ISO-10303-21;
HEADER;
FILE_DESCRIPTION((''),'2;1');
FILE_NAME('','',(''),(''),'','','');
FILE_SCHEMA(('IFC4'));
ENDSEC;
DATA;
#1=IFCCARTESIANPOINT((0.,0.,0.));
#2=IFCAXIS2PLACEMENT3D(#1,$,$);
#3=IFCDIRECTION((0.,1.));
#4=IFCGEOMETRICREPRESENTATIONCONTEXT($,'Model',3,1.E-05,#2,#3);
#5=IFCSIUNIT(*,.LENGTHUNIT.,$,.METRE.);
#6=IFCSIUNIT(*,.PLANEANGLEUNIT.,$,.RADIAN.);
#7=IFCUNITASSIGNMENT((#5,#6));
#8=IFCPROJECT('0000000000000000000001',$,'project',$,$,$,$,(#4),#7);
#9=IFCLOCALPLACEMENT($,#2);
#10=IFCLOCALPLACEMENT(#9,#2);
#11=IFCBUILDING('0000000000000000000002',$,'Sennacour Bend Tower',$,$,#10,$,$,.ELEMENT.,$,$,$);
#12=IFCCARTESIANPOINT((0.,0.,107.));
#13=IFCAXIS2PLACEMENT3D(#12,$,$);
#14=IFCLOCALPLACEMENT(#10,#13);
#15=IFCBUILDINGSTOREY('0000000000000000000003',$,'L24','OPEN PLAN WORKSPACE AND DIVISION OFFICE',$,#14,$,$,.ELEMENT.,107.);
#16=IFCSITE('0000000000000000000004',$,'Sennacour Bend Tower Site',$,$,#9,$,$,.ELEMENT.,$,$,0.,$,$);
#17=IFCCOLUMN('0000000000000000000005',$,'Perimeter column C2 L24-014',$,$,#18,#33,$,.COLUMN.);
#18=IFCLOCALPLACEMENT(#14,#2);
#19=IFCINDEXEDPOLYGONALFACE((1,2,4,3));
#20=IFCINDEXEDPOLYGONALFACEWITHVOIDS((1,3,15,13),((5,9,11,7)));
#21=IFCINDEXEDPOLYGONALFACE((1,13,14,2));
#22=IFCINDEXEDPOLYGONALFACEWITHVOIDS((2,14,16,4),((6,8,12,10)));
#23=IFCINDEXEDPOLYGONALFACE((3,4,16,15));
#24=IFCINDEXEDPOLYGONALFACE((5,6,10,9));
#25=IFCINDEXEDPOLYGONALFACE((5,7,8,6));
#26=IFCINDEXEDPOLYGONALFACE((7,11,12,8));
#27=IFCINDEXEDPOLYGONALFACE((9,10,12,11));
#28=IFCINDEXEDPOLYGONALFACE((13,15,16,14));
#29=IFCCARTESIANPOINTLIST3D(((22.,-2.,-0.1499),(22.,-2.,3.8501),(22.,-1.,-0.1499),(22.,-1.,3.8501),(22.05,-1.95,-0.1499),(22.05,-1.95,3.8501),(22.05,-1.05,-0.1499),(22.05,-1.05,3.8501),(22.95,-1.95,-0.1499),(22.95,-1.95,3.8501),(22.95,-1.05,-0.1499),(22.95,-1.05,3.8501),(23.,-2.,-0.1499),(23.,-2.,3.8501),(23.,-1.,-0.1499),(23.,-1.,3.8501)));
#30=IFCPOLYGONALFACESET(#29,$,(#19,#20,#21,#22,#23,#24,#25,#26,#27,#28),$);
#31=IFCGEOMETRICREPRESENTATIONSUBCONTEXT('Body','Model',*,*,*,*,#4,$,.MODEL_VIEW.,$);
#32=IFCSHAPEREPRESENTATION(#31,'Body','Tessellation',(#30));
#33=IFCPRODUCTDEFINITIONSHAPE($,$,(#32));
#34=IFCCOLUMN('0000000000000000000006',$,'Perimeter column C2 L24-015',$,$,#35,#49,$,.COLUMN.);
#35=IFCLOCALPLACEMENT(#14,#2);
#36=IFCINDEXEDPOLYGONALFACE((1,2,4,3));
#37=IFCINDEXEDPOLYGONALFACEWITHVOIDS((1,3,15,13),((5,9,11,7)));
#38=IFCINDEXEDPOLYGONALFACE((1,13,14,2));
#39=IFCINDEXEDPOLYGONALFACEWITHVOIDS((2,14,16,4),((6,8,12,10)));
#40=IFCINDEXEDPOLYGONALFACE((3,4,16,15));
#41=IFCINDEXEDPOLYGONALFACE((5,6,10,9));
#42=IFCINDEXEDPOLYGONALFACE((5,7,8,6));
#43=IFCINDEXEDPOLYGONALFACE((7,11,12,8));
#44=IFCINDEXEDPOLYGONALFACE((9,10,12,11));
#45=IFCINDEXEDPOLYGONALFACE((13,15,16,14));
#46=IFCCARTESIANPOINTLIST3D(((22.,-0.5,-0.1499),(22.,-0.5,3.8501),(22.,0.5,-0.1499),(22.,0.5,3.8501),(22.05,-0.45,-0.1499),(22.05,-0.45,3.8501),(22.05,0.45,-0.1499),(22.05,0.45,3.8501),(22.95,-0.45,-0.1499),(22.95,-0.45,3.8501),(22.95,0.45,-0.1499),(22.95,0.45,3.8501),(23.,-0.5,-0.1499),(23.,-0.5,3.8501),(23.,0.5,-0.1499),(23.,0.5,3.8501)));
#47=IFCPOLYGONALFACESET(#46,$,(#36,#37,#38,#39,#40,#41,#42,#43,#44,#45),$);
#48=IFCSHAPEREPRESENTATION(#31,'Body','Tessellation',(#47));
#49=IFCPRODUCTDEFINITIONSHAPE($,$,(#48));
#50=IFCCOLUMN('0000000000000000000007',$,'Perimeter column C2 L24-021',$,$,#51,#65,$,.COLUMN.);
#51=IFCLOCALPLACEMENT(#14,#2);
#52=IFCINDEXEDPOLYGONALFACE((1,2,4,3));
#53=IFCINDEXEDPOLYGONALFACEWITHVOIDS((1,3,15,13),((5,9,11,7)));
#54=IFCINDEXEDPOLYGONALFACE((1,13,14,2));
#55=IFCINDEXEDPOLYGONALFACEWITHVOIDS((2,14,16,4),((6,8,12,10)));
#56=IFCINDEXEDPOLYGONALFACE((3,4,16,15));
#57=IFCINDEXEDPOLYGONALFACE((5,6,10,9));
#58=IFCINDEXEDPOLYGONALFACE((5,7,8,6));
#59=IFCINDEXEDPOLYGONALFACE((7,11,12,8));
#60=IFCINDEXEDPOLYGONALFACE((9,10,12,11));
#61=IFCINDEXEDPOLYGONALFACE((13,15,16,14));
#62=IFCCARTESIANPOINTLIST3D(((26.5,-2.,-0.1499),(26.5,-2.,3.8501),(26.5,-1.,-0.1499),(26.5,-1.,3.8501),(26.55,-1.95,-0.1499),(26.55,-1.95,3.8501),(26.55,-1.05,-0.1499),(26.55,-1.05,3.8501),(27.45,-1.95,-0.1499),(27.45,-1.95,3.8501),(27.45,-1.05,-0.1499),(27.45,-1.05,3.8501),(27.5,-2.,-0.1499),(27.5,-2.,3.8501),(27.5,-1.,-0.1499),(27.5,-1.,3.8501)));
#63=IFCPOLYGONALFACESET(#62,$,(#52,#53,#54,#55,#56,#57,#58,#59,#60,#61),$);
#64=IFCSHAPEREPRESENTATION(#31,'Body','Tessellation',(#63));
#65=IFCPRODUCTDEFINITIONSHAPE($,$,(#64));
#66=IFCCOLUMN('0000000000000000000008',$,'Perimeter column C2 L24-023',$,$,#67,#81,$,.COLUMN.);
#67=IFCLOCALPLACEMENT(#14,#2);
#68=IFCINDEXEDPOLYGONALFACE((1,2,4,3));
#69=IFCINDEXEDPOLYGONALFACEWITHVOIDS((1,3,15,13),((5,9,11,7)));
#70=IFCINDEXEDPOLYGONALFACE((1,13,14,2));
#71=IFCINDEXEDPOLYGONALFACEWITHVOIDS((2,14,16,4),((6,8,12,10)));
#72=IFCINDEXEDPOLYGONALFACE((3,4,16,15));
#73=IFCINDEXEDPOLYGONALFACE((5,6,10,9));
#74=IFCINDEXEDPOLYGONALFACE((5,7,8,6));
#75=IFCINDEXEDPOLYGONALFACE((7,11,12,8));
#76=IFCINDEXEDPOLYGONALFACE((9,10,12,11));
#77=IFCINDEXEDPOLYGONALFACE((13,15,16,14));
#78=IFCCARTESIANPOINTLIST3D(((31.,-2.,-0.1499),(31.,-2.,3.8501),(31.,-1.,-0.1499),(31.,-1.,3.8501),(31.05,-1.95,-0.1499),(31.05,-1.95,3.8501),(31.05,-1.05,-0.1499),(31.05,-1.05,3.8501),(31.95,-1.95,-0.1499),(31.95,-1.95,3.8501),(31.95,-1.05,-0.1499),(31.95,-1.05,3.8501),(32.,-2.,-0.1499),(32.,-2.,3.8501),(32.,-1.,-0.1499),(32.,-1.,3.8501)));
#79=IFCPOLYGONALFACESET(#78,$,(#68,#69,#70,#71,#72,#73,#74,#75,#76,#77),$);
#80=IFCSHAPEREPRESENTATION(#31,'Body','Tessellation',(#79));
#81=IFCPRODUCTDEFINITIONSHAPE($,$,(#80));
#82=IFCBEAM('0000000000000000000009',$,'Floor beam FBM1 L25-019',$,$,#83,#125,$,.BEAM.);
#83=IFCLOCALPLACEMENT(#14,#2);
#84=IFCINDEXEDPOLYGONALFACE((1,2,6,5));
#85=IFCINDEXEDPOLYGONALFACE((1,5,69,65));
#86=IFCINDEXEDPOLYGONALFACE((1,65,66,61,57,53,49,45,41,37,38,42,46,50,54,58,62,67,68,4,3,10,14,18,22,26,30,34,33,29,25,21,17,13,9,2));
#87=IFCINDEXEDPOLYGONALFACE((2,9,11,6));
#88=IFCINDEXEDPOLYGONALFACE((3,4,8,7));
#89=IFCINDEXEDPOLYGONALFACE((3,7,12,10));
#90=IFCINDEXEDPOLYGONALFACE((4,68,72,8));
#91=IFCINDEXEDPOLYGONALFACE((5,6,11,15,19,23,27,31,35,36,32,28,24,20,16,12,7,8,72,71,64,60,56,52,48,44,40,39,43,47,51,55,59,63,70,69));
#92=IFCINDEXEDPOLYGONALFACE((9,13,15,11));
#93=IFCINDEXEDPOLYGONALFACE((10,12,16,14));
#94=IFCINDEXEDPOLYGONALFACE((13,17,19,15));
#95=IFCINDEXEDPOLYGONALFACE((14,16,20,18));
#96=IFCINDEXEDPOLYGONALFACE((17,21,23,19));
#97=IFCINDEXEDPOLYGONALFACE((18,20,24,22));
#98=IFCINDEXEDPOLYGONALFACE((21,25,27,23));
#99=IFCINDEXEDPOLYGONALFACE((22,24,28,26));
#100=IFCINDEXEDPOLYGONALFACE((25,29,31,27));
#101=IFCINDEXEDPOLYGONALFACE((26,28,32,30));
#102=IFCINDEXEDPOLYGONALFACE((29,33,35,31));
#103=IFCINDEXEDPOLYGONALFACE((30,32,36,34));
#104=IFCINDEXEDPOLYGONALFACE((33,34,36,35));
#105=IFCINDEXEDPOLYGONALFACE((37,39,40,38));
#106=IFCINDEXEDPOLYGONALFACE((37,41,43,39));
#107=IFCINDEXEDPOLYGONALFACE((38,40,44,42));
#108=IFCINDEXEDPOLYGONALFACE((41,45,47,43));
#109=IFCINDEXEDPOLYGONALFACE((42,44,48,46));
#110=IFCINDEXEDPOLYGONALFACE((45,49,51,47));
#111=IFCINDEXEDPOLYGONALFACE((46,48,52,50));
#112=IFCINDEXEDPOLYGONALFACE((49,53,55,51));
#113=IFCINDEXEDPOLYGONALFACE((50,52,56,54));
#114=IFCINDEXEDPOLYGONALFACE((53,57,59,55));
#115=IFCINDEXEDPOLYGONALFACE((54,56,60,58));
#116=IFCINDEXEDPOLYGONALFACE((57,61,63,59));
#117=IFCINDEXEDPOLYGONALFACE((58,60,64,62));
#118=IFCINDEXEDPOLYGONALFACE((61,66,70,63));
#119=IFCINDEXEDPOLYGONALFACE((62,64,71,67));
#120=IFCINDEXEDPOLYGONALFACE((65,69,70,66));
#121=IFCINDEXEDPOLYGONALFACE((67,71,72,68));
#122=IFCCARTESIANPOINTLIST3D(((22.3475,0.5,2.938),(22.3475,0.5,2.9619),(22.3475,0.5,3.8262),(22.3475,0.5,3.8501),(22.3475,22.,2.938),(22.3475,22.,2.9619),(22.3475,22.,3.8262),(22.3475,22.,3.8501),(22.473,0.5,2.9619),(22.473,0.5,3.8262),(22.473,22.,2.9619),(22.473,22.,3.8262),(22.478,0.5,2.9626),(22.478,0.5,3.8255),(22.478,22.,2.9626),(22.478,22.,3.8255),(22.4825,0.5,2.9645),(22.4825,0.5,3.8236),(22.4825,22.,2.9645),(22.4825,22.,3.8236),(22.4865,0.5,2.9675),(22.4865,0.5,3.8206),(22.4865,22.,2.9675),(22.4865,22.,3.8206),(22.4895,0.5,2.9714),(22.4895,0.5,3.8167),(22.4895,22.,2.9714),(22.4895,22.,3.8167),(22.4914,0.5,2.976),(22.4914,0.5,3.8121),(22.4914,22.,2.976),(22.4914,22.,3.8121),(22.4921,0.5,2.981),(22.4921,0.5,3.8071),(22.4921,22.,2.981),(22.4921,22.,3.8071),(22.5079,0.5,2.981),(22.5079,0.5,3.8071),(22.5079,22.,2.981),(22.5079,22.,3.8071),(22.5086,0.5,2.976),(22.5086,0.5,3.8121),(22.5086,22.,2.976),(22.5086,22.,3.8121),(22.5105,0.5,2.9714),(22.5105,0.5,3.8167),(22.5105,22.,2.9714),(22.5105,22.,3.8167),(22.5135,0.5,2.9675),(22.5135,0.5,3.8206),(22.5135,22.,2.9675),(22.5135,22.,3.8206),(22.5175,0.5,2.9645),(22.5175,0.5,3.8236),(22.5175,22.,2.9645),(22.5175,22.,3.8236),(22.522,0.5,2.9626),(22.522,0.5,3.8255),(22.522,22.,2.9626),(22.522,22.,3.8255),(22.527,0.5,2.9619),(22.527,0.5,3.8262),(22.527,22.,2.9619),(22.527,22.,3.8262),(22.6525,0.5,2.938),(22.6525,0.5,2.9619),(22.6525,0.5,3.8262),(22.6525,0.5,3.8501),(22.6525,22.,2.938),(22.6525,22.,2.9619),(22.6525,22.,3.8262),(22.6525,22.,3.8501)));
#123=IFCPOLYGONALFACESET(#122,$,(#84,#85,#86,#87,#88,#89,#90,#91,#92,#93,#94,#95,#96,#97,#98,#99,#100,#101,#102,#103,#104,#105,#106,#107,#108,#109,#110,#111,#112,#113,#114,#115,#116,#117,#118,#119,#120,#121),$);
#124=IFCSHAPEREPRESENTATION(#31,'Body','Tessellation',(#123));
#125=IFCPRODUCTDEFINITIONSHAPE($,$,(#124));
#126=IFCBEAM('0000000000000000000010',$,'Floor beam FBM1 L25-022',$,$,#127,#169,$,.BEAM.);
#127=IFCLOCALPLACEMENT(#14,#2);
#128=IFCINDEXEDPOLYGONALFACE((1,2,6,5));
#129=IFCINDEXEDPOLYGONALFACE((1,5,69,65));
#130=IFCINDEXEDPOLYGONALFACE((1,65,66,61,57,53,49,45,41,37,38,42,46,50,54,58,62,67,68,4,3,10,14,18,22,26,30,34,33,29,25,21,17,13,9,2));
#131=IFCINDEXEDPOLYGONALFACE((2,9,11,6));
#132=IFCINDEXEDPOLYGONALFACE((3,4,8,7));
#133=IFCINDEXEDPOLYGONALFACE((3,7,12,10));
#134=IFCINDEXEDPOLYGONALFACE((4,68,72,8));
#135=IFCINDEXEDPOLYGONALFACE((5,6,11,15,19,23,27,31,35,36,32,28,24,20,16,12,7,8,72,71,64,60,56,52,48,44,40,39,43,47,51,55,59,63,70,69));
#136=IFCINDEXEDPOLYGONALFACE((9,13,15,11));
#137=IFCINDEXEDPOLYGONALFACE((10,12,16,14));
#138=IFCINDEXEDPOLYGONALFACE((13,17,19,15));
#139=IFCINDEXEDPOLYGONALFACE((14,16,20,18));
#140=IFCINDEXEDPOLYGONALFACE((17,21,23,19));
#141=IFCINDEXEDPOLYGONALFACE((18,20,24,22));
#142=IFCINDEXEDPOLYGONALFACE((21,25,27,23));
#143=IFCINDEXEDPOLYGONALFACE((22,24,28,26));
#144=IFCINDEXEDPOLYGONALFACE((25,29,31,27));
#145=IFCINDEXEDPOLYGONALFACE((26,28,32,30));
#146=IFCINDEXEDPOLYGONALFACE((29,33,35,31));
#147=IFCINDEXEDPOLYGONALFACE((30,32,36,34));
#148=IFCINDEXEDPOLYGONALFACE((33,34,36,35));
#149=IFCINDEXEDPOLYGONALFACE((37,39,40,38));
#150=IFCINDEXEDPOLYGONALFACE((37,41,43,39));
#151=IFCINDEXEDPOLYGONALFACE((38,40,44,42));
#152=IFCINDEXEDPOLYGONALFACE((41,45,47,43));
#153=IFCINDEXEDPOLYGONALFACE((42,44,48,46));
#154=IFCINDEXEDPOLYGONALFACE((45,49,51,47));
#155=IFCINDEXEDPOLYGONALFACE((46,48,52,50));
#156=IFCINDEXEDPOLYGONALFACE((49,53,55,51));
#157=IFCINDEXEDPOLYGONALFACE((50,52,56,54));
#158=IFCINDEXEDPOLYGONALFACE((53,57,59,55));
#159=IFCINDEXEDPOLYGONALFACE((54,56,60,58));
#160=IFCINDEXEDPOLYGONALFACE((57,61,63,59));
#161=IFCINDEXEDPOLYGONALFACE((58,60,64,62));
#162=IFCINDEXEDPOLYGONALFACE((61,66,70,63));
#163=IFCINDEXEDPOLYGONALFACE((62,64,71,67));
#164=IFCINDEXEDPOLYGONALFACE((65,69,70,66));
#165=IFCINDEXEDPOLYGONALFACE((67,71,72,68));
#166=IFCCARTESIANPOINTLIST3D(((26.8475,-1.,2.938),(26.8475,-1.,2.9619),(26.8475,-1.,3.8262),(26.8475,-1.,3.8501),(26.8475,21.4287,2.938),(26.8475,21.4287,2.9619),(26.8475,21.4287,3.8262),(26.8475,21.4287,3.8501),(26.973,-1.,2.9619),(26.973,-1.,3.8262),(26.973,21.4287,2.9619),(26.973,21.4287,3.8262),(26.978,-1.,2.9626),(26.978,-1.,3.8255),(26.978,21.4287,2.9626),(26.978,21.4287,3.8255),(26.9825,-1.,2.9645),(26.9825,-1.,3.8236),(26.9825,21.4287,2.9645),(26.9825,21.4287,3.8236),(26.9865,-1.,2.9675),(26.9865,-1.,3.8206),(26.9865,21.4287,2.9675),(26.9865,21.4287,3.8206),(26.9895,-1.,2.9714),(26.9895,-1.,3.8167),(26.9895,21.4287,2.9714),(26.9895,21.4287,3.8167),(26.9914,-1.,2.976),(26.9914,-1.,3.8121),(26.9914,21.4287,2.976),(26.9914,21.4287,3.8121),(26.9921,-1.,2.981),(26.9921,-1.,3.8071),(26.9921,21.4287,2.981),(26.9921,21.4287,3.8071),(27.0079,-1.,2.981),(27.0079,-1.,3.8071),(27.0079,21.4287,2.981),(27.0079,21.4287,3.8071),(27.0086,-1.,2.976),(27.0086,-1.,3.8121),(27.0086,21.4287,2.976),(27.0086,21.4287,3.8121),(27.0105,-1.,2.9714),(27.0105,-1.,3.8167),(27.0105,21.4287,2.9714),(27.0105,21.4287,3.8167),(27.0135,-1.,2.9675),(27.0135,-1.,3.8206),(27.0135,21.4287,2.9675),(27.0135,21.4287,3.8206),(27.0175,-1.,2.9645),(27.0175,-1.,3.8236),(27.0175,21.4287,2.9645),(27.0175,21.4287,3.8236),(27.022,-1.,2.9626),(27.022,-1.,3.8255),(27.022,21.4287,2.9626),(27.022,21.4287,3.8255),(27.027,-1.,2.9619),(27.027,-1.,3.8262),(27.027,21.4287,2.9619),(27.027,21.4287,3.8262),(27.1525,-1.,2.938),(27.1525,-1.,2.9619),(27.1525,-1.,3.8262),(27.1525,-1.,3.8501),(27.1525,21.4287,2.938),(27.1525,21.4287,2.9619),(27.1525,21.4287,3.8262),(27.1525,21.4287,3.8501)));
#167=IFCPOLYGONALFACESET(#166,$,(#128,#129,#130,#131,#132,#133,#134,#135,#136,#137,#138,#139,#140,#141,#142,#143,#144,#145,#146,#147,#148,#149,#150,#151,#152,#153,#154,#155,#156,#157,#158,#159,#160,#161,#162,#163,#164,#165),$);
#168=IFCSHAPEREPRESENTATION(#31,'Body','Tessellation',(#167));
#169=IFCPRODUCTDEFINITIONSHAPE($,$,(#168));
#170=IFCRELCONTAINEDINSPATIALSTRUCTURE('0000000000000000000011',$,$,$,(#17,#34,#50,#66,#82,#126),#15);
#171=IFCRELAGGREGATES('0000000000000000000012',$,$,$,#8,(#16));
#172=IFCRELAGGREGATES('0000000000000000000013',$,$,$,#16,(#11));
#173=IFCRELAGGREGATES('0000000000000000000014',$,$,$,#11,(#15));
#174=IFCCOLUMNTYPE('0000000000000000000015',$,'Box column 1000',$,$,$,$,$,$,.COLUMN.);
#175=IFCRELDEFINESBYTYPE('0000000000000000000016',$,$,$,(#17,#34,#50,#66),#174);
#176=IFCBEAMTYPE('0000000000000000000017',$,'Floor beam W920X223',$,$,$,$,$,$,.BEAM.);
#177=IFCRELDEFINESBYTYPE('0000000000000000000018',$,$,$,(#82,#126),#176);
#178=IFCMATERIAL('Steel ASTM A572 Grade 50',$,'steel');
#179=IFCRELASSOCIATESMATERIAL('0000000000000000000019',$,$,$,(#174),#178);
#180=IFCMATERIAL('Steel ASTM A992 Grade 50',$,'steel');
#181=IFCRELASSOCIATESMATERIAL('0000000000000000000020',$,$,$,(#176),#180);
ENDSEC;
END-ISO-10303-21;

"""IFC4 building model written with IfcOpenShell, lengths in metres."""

from ifc_helpers import new_model, si_unit, direction, frame, origin, origin_2d, place, context, subcontext, project, spatial, hollow_rectangle, i_section, extrude, material, material_profile, profile_set, type_object, element, save


model = new_model("IFC4")

# Units and contexts
model_context = context("Model", 3, precision=1e-05, world=origin(), true_north=direction((0.0, 1.0)))
body_context = subcontext(model_context, "Body", "Model", "MODEL_VIEW")
ifc_project = project(units=[si_unit("LENGTHUNIT", "METRE"), si_unit("PLANEANGLEUNIT", "RADIAN")], contexts=[model_context])

# Site, building, storey
site_placement = place(None, origin())
site = spatial("IfcSite", under=ifc_project, at=site_placement, Name="Sennacour Bend Tower Site", CompositionType="ELEMENT", RefElevation=0.0)
building_placement = place(site_placement, origin())
building = spatial("IfcBuilding", under=site, at=building_placement, Name="Sennacour Bend Tower", CompositionType="ELEMENT")
storey_placement = place(building_placement, frame((0.0, 0.0, 107.0)))
storey = spatial("IfcBuildingStorey", under=building, at=storey_placement, Name="L24", Description="OPEN PLAN WORKSPACE AND DIVISION OFFICE", CompositionType="ELEMENT", Elevation=107.0)

# Columns
ifc_material_1 = material(Name="Steel ASTM A572 Grade 50", Category="steel")
ifc_material_profile_1 = material_profile(ifc_material_1, hollow_rectangle(XDim=1.0, YDim=1.0, WallThickness=0.05, at=origin_2d()), Name="Steel ASTM A572 Grade 50", Category="steel")
ifc_profile_set_1 = profile_set([ifc_material_profile_1], Name="Steel ASTM A572 Grade 50")
column_type = type_object("IfcColumnType", Name="Box column 1000", PredefinedType="COLUMN", material=ifc_profile_set_1)
for number, where, z_axis, x_axis, name in (
    (1, (22.5, -1.5, -0.1499), (0.0, 0.0, 1.0), (1.0, 0.0, 0.0), "Perimeter column C2 L24-014"),
    (2, (22.5, 0.0, -0.1499), (0.0, 0.0, 1.0), (1.0, 0.0, 0.0), "Perimeter column C2 L24-015"),
    (3, (27.0, -1.5, -0.1499), (0.0, 0.0, 1.0), (1.0, 0.0, 0.0), "Perimeter column C2 L24-021"),
    (4, (31.5, -1.5, -0.1499), (0.0, 0.0, 1.0), (1.0, 0.0, 0.0), "Perimeter column C2 L24-023"),
):
    element("IfcColumn", number, at=place(storey_placement, frame(where, z_axis=z_axis, x_axis=x_axis)), inside=storey, type_object=column_type, Name=name, PredefinedType="COLUMN", context=body_context, shape_type="SweptSolid", body=[
        extrude(hollow_rectangle(XDim=1.0, YDim=1.0, WallThickness=0.05, at=origin_2d()), origin(), (0.0, 0.0, 1.0), 4.0),
    ])

# Beams
ifc_material_2 = material(Name="Steel ASTM A992 Grade 50", Category="steel")
ifc_material_profile_2 = material_profile(ifc_material_2, i_section(OverallWidth=0.3049, OverallDepth=0.9121, WebThickness=0.0159, FlangeThickness=0.0239, FilletRadius=0.019, at=origin_2d()), Name="Steel ASTM A992 Grade 50", Category="steel")
ifc_profile_set_2 = profile_set([ifc_material_profile_2], Name="Steel ASTM A992 Grade 50")
beam_type_1 = type_object("IfcBeamType", Name="Floor beam W920X223", PredefinedType="BEAM", material=ifc_profile_set_2)
beam_1_placement = place(storey_placement, frame((22.5, 0.5, 3.394), z_axis=(0.0, 1.0, 0.0), x_axis=(-1.0, 0.0, 0.0)))
element("IfcBeam", 5, at=beam_1_placement, inside=storey, type_object=beam_type_1, Name="Floor beam FBM1 L25-019", PredefinedType="BEAM", context=body_context, shape_type="SweptSolid", body=[
    extrude(i_section(OverallWidth=0.3049, OverallDepth=0.9121, WebThickness=0.0159, FlangeThickness=0.0239, FilletRadius=0.019, at=origin_2d()), origin(), (0.0, 0.0, 1.0), 21.5),
])
beam_2_placement = place(storey_placement, frame((27.0, -1.0, 3.394), z_axis=(0.0, 1.0, 0.0), x_axis=(-1.0, 0.0, 0.0)))
element("IfcBeam", 6, at=beam_2_placement, inside=storey, type_object=beam_type_1, Name="Floor beam FBM1 L25-022", PredefinedType="BEAM", context=body_context, shape_type="SweptSolid", body=[
    extrude(i_section(OverallWidth=0.3049, OverallDepth=0.9121, WebThickness=0.0159, FlangeThickness=0.0239, FilletRadius=0.019, at=origin_2d()), origin(), (0.0, 0.0, 1.0), 22.4287),
])

save(model, "model.ifc")
